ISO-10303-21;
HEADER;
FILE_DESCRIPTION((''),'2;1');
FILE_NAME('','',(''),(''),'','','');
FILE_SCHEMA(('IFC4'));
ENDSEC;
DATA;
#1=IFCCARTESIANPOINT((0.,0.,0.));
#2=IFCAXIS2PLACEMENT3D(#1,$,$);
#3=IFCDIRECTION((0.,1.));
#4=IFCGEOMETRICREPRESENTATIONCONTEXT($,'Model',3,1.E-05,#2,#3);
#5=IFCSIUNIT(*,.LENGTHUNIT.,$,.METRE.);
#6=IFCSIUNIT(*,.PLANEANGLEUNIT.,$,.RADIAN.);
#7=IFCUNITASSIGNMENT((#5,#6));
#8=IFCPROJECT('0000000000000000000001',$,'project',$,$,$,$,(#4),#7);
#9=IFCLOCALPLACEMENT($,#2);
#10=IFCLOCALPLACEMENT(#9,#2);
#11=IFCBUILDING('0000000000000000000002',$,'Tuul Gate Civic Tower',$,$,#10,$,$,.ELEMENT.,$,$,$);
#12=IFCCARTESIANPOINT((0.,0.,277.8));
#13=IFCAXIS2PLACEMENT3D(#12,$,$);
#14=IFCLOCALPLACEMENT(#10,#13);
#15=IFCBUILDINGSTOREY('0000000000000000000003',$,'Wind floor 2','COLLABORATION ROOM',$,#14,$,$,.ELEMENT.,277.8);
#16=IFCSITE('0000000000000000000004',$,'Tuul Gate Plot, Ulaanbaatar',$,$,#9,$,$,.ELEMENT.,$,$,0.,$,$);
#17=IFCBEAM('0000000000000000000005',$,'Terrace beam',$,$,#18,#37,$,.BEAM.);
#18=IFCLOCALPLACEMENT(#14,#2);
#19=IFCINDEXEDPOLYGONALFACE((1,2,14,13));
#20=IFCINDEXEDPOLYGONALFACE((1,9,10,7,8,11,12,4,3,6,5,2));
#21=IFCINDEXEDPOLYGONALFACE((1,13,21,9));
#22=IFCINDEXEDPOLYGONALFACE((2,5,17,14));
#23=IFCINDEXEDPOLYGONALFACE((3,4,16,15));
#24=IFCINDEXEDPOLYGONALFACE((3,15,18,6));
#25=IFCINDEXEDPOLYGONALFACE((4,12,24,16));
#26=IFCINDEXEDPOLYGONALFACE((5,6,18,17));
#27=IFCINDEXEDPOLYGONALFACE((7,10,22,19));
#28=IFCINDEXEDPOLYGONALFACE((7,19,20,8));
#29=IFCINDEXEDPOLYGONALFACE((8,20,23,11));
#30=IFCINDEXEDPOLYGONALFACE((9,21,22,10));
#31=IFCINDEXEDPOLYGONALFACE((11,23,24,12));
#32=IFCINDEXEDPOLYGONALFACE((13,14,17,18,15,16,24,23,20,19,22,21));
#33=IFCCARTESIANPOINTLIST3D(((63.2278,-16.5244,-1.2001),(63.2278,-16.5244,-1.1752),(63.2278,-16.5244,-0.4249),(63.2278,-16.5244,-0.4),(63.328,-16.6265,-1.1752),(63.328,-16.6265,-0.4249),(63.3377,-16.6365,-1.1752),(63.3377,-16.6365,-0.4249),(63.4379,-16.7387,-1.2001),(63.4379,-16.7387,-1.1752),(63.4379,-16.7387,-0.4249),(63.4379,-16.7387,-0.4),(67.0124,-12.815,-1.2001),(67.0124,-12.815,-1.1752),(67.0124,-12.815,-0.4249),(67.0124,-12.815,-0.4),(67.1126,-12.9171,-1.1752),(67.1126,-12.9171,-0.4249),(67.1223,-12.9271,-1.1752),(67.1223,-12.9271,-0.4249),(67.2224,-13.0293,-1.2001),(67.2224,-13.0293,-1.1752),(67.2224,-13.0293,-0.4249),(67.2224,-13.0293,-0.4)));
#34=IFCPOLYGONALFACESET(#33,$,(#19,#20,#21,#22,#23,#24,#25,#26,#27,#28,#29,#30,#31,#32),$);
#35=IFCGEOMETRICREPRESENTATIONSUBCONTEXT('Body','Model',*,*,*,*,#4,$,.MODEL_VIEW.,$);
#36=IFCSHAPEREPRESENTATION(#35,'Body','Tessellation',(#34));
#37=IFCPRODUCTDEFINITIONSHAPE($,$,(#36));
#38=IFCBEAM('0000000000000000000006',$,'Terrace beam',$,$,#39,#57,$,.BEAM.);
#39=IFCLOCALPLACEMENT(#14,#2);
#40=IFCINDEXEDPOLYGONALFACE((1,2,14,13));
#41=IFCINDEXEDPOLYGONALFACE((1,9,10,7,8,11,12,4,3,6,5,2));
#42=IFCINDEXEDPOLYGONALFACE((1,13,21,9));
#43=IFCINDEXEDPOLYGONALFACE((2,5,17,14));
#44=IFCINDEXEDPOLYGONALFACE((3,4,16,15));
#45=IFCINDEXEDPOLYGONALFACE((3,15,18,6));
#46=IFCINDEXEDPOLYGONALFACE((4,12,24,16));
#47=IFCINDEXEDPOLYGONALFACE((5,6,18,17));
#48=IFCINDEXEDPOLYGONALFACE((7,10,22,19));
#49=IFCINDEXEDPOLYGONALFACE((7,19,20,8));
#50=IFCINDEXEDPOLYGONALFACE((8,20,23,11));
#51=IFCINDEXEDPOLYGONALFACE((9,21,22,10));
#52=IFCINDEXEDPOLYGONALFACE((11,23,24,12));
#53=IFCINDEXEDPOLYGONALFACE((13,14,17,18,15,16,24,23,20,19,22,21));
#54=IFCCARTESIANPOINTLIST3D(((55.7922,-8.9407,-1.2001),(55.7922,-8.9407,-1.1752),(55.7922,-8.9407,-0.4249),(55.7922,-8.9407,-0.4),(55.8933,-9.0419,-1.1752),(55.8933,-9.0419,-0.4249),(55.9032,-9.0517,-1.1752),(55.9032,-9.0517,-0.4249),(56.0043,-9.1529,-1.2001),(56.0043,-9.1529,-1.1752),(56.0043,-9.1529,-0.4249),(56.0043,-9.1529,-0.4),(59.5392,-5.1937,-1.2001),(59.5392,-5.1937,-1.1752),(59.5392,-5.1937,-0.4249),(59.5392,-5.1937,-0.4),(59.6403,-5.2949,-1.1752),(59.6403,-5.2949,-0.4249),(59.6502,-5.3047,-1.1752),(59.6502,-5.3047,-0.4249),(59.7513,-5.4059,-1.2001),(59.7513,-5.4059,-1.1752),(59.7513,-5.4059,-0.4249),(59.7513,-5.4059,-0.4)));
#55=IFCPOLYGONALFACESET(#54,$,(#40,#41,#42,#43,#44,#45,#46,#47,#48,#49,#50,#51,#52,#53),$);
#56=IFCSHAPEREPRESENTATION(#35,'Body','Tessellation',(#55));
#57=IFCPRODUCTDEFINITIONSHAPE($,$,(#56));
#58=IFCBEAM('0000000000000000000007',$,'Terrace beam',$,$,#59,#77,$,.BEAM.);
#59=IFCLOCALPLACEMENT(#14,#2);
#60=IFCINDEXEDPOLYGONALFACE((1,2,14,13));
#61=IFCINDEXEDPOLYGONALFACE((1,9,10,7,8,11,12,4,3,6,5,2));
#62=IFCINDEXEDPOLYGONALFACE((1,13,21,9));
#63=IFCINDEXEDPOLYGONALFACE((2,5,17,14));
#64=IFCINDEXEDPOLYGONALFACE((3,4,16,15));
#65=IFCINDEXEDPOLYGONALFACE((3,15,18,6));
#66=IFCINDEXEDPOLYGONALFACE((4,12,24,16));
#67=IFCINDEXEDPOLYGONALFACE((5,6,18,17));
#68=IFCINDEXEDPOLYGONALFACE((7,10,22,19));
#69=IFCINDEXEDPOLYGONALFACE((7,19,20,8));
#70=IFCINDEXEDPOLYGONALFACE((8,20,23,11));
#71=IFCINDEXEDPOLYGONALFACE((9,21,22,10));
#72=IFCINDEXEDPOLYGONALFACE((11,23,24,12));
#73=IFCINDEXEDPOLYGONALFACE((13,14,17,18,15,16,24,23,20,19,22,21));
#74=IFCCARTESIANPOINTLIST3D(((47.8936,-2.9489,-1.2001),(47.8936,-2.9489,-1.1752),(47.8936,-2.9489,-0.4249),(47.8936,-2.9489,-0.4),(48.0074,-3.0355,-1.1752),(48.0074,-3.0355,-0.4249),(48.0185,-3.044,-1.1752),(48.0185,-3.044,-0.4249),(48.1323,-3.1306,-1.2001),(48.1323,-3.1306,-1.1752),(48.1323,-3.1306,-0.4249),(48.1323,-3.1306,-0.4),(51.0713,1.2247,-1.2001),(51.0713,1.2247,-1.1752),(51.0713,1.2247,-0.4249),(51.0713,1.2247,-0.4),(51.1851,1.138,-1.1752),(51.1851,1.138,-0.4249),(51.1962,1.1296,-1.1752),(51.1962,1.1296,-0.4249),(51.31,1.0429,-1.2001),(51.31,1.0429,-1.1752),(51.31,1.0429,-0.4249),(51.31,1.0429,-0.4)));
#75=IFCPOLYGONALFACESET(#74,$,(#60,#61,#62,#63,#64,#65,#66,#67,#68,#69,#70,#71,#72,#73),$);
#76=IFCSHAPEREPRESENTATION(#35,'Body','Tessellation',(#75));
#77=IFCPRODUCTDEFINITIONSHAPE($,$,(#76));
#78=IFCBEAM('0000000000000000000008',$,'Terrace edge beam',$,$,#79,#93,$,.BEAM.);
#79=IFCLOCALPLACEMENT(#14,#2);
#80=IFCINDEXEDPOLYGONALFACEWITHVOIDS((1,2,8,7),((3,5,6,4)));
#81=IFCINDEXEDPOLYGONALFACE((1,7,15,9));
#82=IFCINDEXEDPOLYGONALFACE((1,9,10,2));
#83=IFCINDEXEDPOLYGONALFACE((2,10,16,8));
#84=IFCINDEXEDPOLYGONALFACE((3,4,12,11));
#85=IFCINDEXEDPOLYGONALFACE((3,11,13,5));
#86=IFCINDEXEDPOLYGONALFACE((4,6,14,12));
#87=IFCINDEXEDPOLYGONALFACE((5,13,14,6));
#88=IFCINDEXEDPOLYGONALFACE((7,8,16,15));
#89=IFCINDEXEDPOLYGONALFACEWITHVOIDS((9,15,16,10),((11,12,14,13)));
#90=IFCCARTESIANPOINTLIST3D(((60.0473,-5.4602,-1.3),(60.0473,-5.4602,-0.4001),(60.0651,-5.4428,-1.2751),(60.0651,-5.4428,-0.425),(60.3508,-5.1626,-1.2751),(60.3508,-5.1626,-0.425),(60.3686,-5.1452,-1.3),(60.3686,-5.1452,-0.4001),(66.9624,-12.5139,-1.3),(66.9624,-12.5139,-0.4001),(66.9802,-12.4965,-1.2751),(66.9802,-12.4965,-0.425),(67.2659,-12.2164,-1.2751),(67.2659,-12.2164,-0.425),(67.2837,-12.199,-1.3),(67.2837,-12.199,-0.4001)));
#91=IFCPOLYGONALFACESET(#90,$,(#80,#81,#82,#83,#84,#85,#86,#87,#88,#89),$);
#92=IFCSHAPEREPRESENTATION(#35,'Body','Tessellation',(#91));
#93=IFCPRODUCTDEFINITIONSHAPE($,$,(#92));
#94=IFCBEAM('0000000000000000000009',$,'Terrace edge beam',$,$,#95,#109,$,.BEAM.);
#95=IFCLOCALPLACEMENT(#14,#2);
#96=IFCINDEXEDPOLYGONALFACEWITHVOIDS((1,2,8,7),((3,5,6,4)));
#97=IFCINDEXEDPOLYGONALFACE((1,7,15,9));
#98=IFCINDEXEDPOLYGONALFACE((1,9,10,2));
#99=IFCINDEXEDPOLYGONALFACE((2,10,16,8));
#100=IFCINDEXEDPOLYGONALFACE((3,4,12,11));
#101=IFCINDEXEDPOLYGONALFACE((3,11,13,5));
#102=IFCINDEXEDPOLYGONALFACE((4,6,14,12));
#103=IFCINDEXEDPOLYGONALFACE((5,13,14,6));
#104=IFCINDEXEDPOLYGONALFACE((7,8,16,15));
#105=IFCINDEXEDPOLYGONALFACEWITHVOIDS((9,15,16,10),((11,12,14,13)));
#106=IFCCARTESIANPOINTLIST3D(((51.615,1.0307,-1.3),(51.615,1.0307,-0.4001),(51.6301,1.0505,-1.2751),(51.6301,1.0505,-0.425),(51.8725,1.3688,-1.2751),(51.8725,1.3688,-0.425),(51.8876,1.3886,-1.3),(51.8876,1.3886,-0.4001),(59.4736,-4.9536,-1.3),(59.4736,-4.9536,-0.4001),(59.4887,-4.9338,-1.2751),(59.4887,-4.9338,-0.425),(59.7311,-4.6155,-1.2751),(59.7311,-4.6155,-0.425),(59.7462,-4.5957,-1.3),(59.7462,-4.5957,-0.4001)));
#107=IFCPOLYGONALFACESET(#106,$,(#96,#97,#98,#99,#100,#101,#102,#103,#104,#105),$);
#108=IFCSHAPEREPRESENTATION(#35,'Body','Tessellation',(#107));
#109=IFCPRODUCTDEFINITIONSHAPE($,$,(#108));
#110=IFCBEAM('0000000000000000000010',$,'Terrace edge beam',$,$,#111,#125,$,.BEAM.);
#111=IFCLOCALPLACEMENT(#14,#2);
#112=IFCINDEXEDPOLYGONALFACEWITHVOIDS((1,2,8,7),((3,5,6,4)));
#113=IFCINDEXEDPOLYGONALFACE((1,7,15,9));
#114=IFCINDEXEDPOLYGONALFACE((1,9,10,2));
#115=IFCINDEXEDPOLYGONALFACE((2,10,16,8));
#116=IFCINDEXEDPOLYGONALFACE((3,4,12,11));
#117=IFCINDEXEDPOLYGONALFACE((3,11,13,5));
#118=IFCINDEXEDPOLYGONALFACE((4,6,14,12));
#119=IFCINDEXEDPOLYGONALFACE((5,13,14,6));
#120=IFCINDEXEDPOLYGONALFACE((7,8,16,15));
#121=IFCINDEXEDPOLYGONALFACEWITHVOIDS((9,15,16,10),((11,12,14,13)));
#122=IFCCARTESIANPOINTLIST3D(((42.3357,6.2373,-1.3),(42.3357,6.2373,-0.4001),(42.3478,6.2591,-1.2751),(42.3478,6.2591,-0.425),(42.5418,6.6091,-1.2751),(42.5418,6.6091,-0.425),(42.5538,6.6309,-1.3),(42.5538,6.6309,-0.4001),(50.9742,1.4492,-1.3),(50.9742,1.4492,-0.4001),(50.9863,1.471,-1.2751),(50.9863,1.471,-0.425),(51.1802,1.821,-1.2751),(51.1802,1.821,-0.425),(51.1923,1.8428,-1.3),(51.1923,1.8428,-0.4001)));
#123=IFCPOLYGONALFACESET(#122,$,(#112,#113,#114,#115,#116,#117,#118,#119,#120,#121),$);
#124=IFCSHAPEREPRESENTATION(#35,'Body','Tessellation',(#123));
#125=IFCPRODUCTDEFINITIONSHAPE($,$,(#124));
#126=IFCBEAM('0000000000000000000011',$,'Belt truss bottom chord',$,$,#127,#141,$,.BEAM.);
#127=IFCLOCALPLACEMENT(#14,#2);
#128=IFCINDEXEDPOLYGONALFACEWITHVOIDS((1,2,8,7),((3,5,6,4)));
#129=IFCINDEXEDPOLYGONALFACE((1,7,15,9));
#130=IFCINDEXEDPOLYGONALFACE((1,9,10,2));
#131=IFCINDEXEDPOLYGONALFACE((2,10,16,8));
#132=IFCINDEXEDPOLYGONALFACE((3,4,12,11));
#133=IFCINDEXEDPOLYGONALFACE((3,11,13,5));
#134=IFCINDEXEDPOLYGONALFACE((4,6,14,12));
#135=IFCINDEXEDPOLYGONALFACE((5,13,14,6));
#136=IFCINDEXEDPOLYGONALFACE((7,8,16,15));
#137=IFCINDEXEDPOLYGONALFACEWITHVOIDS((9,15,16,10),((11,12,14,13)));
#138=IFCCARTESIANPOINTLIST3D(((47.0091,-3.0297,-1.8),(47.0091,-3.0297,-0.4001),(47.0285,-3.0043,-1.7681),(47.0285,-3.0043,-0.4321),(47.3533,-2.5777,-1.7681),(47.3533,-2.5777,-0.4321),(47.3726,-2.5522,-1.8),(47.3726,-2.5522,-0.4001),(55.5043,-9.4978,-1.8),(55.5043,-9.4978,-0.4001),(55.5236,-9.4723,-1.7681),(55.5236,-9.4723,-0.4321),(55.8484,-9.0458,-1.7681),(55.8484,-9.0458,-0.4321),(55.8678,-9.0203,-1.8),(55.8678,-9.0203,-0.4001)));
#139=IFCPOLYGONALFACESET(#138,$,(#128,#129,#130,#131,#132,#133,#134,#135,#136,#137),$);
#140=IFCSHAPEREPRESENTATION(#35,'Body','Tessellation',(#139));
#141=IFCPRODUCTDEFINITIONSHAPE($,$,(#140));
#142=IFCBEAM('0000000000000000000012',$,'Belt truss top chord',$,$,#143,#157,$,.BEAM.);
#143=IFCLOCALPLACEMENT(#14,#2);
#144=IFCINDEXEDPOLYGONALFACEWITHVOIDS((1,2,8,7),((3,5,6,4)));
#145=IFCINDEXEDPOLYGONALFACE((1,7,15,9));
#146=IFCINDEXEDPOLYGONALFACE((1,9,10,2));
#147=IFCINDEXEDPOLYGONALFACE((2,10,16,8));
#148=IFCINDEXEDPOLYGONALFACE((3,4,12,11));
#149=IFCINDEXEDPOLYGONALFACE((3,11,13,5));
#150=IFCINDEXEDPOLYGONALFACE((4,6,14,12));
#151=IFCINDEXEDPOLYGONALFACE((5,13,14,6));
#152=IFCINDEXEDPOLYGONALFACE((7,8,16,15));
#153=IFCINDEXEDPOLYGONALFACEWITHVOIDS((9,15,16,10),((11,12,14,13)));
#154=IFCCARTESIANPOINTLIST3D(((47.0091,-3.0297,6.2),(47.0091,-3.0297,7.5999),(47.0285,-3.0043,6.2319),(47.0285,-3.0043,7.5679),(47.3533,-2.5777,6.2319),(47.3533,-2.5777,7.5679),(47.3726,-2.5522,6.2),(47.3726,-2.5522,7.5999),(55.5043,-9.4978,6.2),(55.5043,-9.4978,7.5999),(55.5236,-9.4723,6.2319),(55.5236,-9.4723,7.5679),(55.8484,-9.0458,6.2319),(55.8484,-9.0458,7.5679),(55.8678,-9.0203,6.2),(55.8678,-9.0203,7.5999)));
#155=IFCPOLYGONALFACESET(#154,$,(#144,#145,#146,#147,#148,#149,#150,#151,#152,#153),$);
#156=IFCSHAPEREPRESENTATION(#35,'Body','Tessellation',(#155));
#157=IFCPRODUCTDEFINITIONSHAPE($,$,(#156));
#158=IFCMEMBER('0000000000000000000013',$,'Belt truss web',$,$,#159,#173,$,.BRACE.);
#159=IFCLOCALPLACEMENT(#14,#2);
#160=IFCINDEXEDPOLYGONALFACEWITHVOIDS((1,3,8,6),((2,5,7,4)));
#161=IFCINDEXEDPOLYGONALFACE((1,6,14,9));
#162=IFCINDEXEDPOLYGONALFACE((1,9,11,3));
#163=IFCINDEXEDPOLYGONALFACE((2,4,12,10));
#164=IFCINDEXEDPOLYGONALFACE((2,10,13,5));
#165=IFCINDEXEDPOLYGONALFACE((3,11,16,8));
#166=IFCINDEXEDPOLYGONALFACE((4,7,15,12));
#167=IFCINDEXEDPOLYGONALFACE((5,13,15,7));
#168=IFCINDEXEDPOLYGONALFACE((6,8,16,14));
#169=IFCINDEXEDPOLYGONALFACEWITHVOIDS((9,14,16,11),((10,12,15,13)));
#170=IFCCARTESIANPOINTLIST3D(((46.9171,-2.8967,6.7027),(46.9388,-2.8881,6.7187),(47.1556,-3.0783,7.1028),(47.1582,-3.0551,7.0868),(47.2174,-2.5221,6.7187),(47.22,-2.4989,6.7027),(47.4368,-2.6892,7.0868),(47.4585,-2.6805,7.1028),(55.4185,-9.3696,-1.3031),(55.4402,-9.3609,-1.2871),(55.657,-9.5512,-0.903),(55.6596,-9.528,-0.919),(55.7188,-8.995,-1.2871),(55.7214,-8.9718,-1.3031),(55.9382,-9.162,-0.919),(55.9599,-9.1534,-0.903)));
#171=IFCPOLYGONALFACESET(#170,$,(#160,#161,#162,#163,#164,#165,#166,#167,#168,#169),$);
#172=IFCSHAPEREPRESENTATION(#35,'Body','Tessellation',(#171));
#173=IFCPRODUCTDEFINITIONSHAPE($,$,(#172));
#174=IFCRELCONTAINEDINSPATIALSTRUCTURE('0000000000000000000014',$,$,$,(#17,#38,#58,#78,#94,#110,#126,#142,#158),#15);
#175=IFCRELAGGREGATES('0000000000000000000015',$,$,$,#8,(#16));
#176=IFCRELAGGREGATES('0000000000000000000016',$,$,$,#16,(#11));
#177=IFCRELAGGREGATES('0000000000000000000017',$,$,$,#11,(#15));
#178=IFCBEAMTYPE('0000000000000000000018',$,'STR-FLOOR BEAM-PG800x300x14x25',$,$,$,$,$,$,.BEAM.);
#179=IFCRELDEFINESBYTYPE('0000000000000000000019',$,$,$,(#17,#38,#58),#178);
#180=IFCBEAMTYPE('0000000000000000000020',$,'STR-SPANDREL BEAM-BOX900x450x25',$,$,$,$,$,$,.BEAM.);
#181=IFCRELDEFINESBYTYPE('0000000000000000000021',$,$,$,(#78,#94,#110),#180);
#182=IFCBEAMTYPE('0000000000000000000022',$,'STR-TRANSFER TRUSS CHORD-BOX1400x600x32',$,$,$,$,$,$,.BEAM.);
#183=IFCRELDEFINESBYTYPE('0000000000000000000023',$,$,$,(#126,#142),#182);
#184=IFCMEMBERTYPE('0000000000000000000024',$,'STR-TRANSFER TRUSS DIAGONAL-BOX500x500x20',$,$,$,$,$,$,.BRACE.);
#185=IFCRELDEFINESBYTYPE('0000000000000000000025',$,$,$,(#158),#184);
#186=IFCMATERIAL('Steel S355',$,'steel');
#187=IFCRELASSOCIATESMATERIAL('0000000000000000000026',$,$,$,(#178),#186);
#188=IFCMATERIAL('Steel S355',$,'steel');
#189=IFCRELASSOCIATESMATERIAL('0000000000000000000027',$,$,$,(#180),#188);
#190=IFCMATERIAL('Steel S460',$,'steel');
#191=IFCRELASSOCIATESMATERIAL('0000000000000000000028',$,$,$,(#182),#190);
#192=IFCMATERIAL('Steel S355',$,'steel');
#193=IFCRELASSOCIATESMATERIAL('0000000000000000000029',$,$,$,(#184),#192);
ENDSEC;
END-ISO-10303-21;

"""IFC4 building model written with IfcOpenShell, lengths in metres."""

from ifc_helpers import new_model, si_unit, direction, frame, origin, origin_2d, place, context, subcontext, project, spatial, hollow_rectangle, i_section, extrude, material, material_profile, profile_set, type_object, element, save


model = new_model("IFC4")

# Units and contexts
model_context = context("Model", 3, precision=1e-05, world=origin(), true_north=direction((0.0, 1.0)))
body_context = subcontext(model_context, "Body", "Model", "MODEL_VIEW")
ifc_project = project(units=[si_unit("LENGTHUNIT", "METRE"), si_unit("PLANEANGLEUNIT", "RADIAN")], contexts=[model_context])

# Site, building, storey
site_placement = place(None, origin())
site = spatial("IfcSite", under=ifc_project, at=site_placement, Name="Tuul Gate Plot, Ulaanbaatar", CompositionType="ELEMENT", RefElevation=0.0)
building_placement = place(site_placement, origin())
building = spatial("IfcBuilding", under=site, at=building_placement, Name="Tuul Gate Civic Tower", CompositionType="ELEMENT")
storey_placement = place(building_placement, frame((0.0, 0.0, 277.8)))
storey = spatial("IfcBuildingStorey", under=building, at=storey_placement, Name="Wind floor 2", Description="COLLABORATION ROOM", CompositionType="ELEMENT", Elevation=277.8)

# Beams
ifc_material_1 = material(Name="Steel S355", Category="steel")
ifc_material_profile_1 = material_profile(ifc_material_1, i_section(OverallWidth=0.3, OverallDepth=0.8, WebThickness=0.0139, FlangeThickness=0.0249, at=origin_2d()), Name="PG800x300x14x25")
ifc_profile_set_1 = profile_set([ifc_material_profile_1], Name="Steel S355")
beam_type_1 = type_object("IfcBeamType", Name="STR-FLOOR BEAM-PG800x300x14x25", PredefinedType="BEAM", material=ifc_profile_set_1)
beam_1_placement = place(storey_placement, frame((67.1174, -12.9221, -0.8), z_axis=(-0.714166, -0.699977, 0.0), x_axis=(0.699977, -0.714166, 0.0)))
element("IfcBeam", 1, at=beam_1_placement, inside=storey, type_object=beam_type_1, Name="Terrace beam", PredefinedType="BEAM", context=body_context, shape_type="SweptSolid", body=[
    extrude(i_section(OverallWidth=0.3, OverallDepth=0.8, WebThickness=0.0139, FlangeThickness=0.0249, at=origin_2d()), origin(), (0.0, 0.0, 1.0), 5.2993),
])
beam_2_placement = place(storey_placement, frame((59.6453, -5.2998, -0.8), z_axis=(-0.707107, -0.707107, 0.0), x_axis=(0.707107, -0.707107, 0.0)))
element("IfcBeam", 2, at=beam_2_placement, inside=storey, type_object=beam_type_1, Name="Terrace beam", PredefinedType="BEAM", context=body_context, shape_type="SweptSolid", body=[
    extrude(i_section(OverallWidth=0.3, OverallDepth=0.8, WebThickness=0.0139, FlangeThickness=0.0249, at=origin_2d()), origin(), (0.0, 0.0, 1.0), 5.2991),
])
beam_3_placement = place(storey_placement, frame((51.1907, 1.1338, -0.8), z_axis=(-0.605785, -0.795628, 0.0), x_axis=(0.795628, -0.605785, 0.0)))
element("IfcBeam", 3, at=beam_3_placement, inside=storey, type_object=beam_type_1, Name="Terrace beam", PredefinedType="BEAM", context=body_context, shape_type="SweptSolid", body=[
    extrude(i_section(OverallWidth=0.3, OverallDepth=0.8, WebThickness=0.0139, FlangeThickness=0.0249, at=origin_2d()), origin(), (0.0, 0.0, 1.0), 5.2456),
])
ifc_material_2 = material(Name="Steel S355", Category="steel")
ifc_material_profile_2 = material_profile(ifc_material_2, hollow_rectangle(XDim=0.45, YDim=0.8999, WallThickness=0.0249, at=origin_2d()), Name="BOX900x450x25")
ifc_profile_set_2 = profile_set([ifc_material_profile_2], Name="Steel S355")
beam_type_2 = type_object("IfcBeamType", Name="STR-SPANDREL BEAM-BOX900x450x25", PredefinedType="BEAM", material=ifc_profile_set_2)
beam_4_placement = place(storey_placement, frame((67.123, -12.3564, -0.8501), z_axis=(-0.700053, 0.714091, 0.0), x_axis=(-0.714091, -0.700053, 0.0)))
element("IfcBeam", 4, at=beam_4_placement, inside=storey, type_object=beam_type_2, Name="Terrace edge beam", PredefinedType="BEAM", context=body_context, shape_type="SweptSolid", body=[
    extrude(hollow_rectangle(XDim=0.45, YDim=0.8999, WallThickness=0.0249, at=origin_2d()), origin(), (0.0, 0.0, 1.0), 9.8779),
])
beam_5_placement = place(storey_placement, frame((59.6099, -4.7747, -0.8501), z_axis=(-0.795586, 0.605841, 0.0), x_axis=(-0.605841, -0.795586, 0.0)))
element("IfcBeam", 5, at=beam_5_placement, inside=storey, type_object=beam_type_2, Name="Terrace edge beam", PredefinedType="BEAM", context=body_context, shape_type="SweptSolid", body=[
    extrude(hollow_rectangle(XDim=0.45, YDim=0.8999, WallThickness=0.0249, at=origin_2d()), origin(), (0.0, 0.0, 1.0), 9.8777),
])
beam_6_placement = place(storey_placement, frame((51.0833, 1.646, -0.8501), z_axis=(-0.874631, 0.484788, 0.0), x_axis=(-0.484788, -0.874631, 0.0)))
element("IfcBeam", 6, at=beam_6_placement, inside=storey, type_object=beam_type_2, Name="Terrace edge beam", PredefinedType="BEAM", context=body_context, shape_type="SweptSolid", body=[
    extrude(hollow_rectangle(XDim=0.45, YDim=0.8999, WallThickness=0.0249, at=origin_2d()), origin(), (0.0, 0.0, 1.0), 9.8767),
])
ifc_material_3 = material(Name="Steel S460", Category="steel")
ifc_material_profile_3 = material_profile(ifc_material_3, hollow_rectangle(XDim=0.6001, YDim=1.3999, WallThickness=0.032, at=origin_2d()), Name="BOX1400x600x32")
ifc_profile_set_3 = profile_set([ifc_material_profile_3], Name="Steel S460")
beam_type_3 = type_object("IfcBeamType", Name="STR-TRANSFER TRUSS CHORD-BOX1400x600x32", PredefinedType="BEAM", material=ifc_profile_set_3)
for number, where, z_axis, x_axis, name in (
    (7, (55.686, -9.259, -1.1001), (-0.795633, 0.605779, 0.0), (-0.605779, -0.795633, 0.0), "Belt truss bottom chord"),
    (8, (55.686, -9.259, 6.8999), (-0.795633, 0.605779, 0.0), (-0.605779, -0.795633, 0.0), "Belt truss top chord"),
):
    element("IfcBeam", number, at=place(storey_placement, frame(where, z_axis=z_axis, x_axis=x_axis)), inside=storey, type_object=beam_type_3, Name=name, PredefinedType="BEAM", context=body_context, shape_type="SweptSolid", body=[
        extrude(hollow_rectangle(XDim=0.6001, YDim=1.3999, WallThickness=0.032, at=origin_2d()), origin(), (0.0, 0.0, 1.0), 10.6772),
    ])

# Member
ifc_material_4 = material(Name="Steel S355", Category="steel")
ifc_material_profile_4 = material_profile(ifc_material_4, hollow_rectangle(XDim=0.5, YDim=0.5, WallThickness=0.02, at=origin_2d()), Name="BOX500x500x20")
ifc_profile_set_4 = profile_set([ifc_material_profile_4], Name="Steel S355")
member_type_1 = type_object("IfcMemberType", Name="STR-TRANSFER TRUSS DIAGONAL-BOX500x500x20", PredefinedType="BRACE", material=ifc_profile_set_4)
member_1_placement = place(storey_placement, frame((55.6892, -9.2615, -1.103), z_axis=(-0.636734, 0.484801, 0.599615), x_axis=(-0.605782, -0.79563, 0.0)))
element("IfcMember", 9, at=member_1_placement, inside=storey, type_object=member_type_1, Name="Belt truss web", PredefinedType="BRACE", context=body_context, shape_type="SweptSolid", body=[
    extrude(hollow_rectangle(XDim=0.5, YDim=0.5, WallThickness=0.02, at=origin_2d()), origin(), (0.0, 0.0, 1.0), 13.3516),
])

save(model, "model.ifc")
